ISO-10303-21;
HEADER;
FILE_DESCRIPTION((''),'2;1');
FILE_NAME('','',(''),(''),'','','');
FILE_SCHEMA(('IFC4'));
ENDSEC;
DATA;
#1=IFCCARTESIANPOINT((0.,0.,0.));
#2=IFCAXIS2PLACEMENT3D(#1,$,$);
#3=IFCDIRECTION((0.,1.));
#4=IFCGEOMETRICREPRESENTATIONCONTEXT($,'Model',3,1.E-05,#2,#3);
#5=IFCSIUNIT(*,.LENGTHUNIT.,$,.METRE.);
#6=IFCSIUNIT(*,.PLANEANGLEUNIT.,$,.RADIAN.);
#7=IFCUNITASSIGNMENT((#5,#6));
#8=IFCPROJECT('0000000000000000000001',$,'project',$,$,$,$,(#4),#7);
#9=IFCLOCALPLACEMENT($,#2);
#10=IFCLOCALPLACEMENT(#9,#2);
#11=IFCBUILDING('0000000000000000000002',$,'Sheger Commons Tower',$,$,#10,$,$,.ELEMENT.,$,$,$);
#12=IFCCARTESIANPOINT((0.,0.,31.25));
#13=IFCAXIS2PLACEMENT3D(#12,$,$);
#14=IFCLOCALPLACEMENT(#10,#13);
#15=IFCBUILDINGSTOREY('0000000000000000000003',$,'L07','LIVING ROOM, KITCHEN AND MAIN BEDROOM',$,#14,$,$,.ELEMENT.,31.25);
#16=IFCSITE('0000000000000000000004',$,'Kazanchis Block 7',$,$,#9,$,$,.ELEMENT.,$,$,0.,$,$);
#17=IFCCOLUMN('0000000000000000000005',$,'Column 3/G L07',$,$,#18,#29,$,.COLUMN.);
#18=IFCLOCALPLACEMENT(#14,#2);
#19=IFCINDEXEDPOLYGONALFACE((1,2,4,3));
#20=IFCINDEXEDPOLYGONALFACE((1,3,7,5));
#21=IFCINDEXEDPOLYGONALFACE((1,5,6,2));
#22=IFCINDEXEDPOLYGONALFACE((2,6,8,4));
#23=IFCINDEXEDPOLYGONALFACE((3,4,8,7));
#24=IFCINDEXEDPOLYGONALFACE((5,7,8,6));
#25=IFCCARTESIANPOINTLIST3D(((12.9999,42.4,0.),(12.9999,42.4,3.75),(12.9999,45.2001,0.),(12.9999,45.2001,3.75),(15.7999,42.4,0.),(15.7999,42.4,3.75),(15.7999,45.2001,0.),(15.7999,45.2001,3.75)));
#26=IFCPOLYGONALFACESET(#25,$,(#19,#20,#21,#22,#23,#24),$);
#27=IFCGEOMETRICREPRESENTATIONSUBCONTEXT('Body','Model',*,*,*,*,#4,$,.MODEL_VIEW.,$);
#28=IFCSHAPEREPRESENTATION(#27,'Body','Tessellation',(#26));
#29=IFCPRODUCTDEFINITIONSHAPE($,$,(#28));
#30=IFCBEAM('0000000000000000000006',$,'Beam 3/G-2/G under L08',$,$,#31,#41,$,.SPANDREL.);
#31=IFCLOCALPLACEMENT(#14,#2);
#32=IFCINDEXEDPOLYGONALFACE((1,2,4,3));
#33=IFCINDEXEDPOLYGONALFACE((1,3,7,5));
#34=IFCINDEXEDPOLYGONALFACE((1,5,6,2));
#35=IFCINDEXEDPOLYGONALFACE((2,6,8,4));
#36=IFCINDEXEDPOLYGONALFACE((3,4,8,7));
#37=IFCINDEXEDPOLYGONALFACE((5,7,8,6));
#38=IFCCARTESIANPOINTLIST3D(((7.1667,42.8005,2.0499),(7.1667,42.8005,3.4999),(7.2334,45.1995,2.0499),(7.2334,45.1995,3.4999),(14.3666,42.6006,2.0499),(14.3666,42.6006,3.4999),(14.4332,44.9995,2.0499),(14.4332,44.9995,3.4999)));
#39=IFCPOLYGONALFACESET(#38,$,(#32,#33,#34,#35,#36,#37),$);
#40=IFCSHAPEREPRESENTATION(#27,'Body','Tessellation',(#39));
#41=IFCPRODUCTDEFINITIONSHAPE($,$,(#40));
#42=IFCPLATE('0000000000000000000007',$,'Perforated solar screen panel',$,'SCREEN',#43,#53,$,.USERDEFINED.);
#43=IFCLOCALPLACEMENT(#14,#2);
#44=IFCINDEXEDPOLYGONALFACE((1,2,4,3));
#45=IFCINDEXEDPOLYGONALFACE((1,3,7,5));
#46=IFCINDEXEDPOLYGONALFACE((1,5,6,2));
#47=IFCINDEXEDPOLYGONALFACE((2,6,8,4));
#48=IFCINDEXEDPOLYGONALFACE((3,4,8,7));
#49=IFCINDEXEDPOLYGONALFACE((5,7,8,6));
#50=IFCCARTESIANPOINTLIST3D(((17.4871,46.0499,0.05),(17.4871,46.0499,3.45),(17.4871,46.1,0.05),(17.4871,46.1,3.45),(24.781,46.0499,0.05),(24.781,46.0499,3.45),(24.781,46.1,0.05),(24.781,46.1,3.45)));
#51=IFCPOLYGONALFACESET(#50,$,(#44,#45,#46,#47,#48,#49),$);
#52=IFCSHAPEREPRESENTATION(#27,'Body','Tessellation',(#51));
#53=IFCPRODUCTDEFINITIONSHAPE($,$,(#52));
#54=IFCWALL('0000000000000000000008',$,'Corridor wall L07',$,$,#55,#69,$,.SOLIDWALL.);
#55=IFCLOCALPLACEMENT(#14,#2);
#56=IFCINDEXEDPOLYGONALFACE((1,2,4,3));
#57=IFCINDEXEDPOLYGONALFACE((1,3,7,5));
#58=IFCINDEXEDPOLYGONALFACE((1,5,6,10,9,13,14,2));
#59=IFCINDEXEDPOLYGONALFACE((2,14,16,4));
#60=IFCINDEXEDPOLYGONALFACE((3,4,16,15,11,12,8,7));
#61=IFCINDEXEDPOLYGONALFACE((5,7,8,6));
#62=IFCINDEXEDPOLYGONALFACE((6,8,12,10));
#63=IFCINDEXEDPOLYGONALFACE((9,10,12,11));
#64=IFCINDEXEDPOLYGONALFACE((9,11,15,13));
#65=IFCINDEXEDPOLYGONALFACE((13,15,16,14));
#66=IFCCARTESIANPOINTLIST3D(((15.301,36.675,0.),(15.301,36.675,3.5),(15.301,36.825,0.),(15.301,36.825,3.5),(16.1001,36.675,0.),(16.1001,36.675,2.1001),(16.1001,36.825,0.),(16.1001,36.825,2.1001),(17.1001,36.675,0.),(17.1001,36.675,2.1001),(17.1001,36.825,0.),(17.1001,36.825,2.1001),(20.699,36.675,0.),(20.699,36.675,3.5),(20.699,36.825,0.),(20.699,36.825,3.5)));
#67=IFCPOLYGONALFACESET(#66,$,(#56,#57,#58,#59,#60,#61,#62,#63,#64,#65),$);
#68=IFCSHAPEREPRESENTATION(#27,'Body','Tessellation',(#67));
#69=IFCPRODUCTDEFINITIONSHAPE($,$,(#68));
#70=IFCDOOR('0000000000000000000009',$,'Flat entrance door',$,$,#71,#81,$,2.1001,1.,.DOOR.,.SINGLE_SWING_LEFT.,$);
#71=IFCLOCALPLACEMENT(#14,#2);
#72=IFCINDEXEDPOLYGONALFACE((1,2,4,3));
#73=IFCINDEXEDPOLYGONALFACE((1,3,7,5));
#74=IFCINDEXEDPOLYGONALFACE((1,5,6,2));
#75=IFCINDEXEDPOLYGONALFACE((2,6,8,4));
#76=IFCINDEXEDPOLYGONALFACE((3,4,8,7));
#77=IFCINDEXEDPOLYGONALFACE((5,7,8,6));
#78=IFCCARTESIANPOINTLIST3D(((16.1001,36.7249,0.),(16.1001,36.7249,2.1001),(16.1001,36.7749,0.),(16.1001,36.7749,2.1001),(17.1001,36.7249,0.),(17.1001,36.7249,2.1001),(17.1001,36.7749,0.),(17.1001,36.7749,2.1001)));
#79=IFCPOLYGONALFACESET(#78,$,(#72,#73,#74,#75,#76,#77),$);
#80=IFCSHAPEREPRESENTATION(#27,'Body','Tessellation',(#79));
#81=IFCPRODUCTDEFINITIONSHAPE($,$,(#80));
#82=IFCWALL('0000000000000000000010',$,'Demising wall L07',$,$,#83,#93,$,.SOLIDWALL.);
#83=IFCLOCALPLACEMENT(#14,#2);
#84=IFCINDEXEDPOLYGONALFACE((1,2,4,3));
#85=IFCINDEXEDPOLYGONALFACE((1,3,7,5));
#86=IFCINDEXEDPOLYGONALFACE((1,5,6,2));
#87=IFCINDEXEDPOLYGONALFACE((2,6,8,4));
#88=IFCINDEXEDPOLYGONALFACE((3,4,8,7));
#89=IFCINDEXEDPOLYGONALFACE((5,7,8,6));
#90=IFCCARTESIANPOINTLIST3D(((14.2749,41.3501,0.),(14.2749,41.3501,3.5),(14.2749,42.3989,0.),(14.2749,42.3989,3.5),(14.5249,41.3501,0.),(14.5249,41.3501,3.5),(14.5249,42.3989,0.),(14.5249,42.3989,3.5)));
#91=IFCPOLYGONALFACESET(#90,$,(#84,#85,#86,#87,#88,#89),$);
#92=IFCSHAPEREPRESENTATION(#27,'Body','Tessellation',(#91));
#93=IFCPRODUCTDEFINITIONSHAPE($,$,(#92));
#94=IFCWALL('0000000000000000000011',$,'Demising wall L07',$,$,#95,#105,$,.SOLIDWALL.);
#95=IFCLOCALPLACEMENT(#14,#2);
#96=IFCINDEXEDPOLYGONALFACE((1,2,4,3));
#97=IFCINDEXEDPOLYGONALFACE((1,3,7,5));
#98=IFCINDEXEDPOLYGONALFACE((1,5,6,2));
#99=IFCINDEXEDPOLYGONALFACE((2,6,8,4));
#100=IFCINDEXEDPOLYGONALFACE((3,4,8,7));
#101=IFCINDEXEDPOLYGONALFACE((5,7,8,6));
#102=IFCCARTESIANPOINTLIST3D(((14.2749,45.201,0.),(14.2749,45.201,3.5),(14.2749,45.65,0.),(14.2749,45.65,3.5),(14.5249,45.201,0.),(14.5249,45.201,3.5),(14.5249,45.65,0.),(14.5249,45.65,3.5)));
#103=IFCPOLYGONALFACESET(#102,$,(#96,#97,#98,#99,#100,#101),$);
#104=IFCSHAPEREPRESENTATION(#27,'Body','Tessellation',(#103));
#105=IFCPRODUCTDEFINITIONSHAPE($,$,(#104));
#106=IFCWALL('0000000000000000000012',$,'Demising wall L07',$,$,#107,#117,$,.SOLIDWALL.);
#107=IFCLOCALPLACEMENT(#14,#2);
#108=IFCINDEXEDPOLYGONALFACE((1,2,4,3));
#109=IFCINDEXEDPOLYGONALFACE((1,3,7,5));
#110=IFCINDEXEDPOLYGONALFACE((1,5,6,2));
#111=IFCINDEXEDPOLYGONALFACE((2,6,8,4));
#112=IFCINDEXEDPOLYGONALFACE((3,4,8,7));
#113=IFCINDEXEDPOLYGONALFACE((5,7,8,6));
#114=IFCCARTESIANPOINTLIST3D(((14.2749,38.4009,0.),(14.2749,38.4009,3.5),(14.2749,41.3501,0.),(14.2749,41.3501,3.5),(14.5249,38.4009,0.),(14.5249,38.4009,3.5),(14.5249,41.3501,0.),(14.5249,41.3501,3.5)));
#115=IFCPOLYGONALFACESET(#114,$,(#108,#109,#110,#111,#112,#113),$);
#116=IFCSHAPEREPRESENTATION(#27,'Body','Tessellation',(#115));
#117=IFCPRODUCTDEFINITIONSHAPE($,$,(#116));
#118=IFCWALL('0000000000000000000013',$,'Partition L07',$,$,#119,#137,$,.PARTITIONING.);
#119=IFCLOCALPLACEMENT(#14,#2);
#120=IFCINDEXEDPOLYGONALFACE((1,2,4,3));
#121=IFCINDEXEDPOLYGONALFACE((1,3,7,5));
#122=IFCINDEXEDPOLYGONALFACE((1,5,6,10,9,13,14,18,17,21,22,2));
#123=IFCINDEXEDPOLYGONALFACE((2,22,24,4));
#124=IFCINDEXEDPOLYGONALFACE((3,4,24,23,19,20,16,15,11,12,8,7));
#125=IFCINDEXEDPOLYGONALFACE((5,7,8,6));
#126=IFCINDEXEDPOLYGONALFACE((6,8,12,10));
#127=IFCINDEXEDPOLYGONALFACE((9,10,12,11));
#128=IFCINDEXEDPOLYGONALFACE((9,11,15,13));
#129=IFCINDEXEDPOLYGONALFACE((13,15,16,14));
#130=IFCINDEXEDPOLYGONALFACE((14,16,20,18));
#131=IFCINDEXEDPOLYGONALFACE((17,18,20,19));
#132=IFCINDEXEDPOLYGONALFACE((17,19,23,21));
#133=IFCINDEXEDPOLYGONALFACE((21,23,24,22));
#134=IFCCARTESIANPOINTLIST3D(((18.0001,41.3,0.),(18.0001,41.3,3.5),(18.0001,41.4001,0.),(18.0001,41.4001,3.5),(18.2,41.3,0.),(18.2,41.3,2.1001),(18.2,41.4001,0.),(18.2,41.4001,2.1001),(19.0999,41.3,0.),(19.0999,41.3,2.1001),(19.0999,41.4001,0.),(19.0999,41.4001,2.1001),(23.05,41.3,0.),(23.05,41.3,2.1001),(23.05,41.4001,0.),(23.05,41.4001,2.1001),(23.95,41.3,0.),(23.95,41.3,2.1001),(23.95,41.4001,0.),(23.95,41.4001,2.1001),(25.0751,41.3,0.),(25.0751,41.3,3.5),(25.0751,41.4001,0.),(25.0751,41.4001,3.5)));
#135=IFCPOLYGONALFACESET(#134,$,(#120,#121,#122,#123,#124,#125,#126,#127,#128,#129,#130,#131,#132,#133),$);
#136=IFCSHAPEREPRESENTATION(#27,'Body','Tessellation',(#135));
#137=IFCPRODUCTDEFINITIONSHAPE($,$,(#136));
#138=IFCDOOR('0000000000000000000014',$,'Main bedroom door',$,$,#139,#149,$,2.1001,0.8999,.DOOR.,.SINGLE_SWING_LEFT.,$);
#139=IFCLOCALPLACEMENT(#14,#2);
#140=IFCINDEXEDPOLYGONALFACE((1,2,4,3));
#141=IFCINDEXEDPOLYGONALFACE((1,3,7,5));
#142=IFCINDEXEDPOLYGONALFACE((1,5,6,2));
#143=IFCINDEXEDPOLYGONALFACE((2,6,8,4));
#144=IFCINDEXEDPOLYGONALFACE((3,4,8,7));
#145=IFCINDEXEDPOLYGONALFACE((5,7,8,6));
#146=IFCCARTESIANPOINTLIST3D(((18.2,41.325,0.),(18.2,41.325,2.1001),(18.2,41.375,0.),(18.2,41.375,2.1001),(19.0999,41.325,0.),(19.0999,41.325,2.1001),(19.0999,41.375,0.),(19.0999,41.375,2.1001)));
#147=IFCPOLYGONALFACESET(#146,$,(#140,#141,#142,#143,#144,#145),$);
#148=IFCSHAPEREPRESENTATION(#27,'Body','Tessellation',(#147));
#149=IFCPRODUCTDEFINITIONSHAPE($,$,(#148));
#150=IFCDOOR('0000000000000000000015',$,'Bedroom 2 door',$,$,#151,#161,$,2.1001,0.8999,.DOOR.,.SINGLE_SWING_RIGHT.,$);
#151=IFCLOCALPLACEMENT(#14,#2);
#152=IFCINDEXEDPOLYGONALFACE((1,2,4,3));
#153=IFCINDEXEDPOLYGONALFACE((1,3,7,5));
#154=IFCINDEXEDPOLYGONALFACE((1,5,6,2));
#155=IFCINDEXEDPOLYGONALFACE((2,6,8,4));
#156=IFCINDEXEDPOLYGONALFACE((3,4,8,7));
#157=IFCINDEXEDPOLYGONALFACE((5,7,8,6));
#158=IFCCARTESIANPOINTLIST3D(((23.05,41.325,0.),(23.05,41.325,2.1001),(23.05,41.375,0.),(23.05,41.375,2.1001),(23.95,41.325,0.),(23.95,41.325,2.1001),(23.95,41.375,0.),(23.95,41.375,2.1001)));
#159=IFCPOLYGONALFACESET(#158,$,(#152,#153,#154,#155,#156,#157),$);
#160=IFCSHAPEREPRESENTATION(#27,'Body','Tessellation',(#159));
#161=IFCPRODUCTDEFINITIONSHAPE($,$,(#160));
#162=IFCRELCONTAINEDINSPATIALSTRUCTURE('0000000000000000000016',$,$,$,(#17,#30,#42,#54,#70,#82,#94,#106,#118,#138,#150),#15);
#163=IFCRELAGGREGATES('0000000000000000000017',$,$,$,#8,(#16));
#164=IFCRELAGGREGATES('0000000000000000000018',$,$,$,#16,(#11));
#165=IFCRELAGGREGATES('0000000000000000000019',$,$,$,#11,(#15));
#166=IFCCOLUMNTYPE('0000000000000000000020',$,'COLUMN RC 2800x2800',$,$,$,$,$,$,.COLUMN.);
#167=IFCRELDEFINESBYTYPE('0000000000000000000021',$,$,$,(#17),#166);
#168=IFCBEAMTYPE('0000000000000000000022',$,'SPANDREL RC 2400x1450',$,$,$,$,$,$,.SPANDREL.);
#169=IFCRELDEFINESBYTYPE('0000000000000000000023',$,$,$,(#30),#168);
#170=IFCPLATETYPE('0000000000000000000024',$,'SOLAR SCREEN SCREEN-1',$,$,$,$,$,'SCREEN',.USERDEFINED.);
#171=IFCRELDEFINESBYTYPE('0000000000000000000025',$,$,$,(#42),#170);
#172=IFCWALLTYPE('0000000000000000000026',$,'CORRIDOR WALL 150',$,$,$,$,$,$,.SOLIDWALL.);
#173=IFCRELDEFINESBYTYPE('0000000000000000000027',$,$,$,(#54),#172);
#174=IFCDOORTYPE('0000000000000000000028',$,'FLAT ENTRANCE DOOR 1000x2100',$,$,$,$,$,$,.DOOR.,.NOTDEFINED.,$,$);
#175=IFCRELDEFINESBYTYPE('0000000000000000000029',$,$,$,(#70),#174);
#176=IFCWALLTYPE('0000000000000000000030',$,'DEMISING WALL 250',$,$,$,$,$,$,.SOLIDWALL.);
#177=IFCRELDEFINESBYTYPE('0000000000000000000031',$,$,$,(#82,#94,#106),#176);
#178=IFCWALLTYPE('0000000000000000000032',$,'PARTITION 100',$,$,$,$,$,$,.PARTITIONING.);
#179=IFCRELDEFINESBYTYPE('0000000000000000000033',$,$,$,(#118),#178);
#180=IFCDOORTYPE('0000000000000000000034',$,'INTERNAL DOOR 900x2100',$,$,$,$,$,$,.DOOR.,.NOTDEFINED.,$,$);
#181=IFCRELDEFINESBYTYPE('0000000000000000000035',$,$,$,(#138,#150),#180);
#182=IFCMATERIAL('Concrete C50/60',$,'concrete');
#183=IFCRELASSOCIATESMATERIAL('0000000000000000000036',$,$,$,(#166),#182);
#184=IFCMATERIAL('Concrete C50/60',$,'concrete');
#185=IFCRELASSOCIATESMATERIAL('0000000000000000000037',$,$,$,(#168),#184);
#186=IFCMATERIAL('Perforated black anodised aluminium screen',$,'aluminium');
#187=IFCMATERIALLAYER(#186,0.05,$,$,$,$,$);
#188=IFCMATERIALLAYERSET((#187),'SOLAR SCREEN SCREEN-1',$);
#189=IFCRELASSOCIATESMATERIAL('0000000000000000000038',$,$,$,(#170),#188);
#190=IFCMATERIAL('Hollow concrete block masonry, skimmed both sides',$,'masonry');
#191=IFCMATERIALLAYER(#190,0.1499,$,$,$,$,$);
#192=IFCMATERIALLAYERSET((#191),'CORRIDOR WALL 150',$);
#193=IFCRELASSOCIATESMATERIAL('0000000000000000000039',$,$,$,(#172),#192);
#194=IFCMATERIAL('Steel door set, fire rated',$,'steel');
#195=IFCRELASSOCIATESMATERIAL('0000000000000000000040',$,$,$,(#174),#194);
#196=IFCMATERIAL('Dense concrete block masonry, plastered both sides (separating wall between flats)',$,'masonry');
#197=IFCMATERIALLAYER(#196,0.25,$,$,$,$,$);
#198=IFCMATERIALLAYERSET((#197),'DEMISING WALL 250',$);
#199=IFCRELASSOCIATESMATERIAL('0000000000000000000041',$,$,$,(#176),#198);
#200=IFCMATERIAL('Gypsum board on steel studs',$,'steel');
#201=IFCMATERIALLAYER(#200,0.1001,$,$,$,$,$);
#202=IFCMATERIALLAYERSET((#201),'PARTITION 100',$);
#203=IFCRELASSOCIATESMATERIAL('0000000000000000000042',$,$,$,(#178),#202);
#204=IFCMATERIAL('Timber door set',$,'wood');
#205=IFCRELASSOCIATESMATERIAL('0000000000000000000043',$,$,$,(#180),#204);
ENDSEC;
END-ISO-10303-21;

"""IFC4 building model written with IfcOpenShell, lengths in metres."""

from ifc_helpers import new_model, si_unit, direction, frame, frame_2d, origin, origin_2d, place, context, subcontext, project, spatial, rectangle, extrude, material, layer, layer_set, material_profile, profile_set, type_object, element, fill, save


model = new_model("IFC4")

# Units and contexts
model_context = context("Model", 3, precision=1e-05, world=origin(), true_north=direction((0.0, 1.0)))
body_context = subcontext(model_context, "Body", "Model", "MODEL_VIEW")
ifc_project = project(units=[si_unit("LENGTHUNIT", "METRE"), si_unit("PLANEANGLEUNIT", "RADIAN")], contexts=[model_context])

# Site, building, storey
site_placement = place(None, origin())
site = spatial("IfcSite", under=ifc_project, at=site_placement, Name="Kazanchis Block 7", CompositionType="ELEMENT", RefElevation=0.0)
building_placement = place(site_placement, origin())
building = spatial("IfcBuilding", under=site, at=building_placement, Name="Sheger Commons Tower", CompositionType="ELEMENT")
storey_placement = place(building_placement, frame((0.0, 0.0, 31.25)))
storey = spatial("IfcBuildingStorey", under=building, at=storey_placement, Name="L07", Description="LIVING ROOM, KITCHEN AND MAIN BEDROOM", CompositionType="ELEMENT", Elevation=31.25)

# Column
ifc_material_1 = material(Name="Concrete C50/60", Category="concrete")
ifc_material_profile_1 = material_profile(ifc_material_1, rectangle(XDim=2.8, YDim=2.8, at=origin_2d()), Name="RC 2800x2800")
ifc_profile_set_1 = profile_set([ifc_material_profile_1], Name="Concrete C50/60")
column_type = type_object("IfcColumnType", Name="COLUMN RC 2800x2800", PredefinedType="COLUMN", material=ifc_profile_set_1)
column_placement = place(storey_placement, frame((14.3999, 43.8, 0.0), z_axis=(0.0, 0.0, 1.0), x_axis=(1.0, 0.0, 0.0)))
element("IfcColumn", 1, at=column_placement, inside=storey, type_object=column_type, Name="Column 3/G L07", PredefinedType="COLUMN", context=body_context, shape_type="SweptSolid", body=[
    extrude(rectangle(XDim=2.8, YDim=2.8, at=origin_2d()), origin(), (0.0, 0.0, 1.0), 3.75),
])

# Beam
ifc_material_2 = material(Name="Concrete C50/60", Category="concrete")
ifc_material_profile_2 = material_profile(ifc_material_2, rectangle(XDim=2.3999, YDim=1.45, at=origin_2d()), Name="RC 2400x1450")
ifc_profile_set_2 = profile_set([ifc_material_profile_2], Name="Concrete C50/60")
beam_type = type_object("IfcBeamType", Name="SPANDREL RC 2400x1450", PredefinedType="SPANDREL", material=ifc_profile_set_2)
beam_placement = place(storey_placement, frame((14.3999, 43.8, 2.7749), z_axis=(-0.999615, 0.02776, 0.0), x_axis=(-0.02776, -0.999615, 0.0)))
element("IfcBeam", 2, at=beam_placement, inside=storey, type_object=beam_type, Name="Beam 3/G-2/G under L08", PredefinedType="SPANDREL", context=body_context, shape_type="SweptSolid", body=[
    extrude(rectangle(XDim=2.3999, YDim=1.45, at=origin_2d()), origin(), (0.0, 0.0, 1.0), 7.2026),
])

# Plate
ifc_material_3 = material(Name="Perforated black anodised aluminium screen", Category="aluminium")
ifc_layer_1 = layer(ifc_material_3, 0.05)
ifc_layer_set_1 = layer_set([ifc_layer_1], Name="SOLAR SCREEN SCREEN-1")
plate_type = type_object("IfcPlateType", Name="SOLAR SCREEN SCREEN-1", ElementType="SCREEN", PredefinedType="USERDEFINED", material=ifc_layer_set_1)
plate_placement = place(storey_placement, frame((21.134, 46.075, 0.05), z_axis=(0.0, 0.0, 1.0), x_axis=(-1.0, 0.0, 0.0)))
element("IfcPlate", 3, at=plate_placement, inside=storey, type_object=plate_type, Name="Perforated solar screen panel", ObjectType="SCREEN", PredefinedType="USERDEFINED", context=body_context, shape_type="SweptSolid", body=[
    extrude(rectangle(XDim=7.2939, YDim=0.05, at=origin_2d()), origin(), (0.0, 0.0, 1.0), 3.3999),
])

# Wall, opening, door
ifc_material_4 = material(Name="Hollow concrete block masonry, skimmed both sides", Category="masonry")
ifc_layer_2 = layer(ifc_material_4, 0.1499)
ifc_layer_set_2 = layer_set([ifc_layer_2], Name="CORRIDOR WALL 150")
wall_type_1 = type_object("IfcWallType", Name="CORRIDOR WALL 150", PredefinedType="SOLIDWALL", material=ifc_layer_set_2)
wall_1_placement = place(storey_placement, frame((15.301, 36.75, 0.0), z_axis=(0.0, 0.0, 1.0), x_axis=(1.0, 0.0, 0.0)))
wall_1 = element("IfcWall", 4, at=wall_1_placement, inside=storey, type_object=wall_type_1, Name="Corridor wall L07", PredefinedType="SOLIDWALL", context=body_context, shape_type="SweptSolid", body=[
    extrude(rectangle(XDim=5.3979, YDim=0.1499, at=frame_2d((2.699, 0.0))), origin(), (0.0, 0.0, 1.0), 3.5),
])
opening_1_placement = place(wall_1_placement, frame((0.7991, 0.0, 0.0)))
opening_1 = element("IfcOpeningElement", 5, at=opening_1_placement, cuts=wall_1, PredefinedType="OPENING", context=body_context, shape_type="SweptSolid", body=[
    extrude(rectangle(XDim=1.0, YDim=2.1001, at=frame_2d((0.5, 1.05))), frame((0.0, 0.085, 0.0), z_axis=(0.0, -1.0, 0.0), x_axis=(1.0, 0.0, 0.0)), (0.0, 0.0, 1.0), 0.1699),
])
ifc_material_5 = material(Name="Steel door set, fire rated", Category="steel")
door_type_1 = type_object("IfcDoorType", Name="FLAT ENTRANCE DOOR 1000x2100", OperationType="NOTDEFINED", PredefinedType="DOOR", material=ifc_material_5)
door_1_placement = place(opening_1_placement, origin())
door_1 = element("IfcDoor", 6, at=door_1_placement, inside=storey, type_object=door_type_1, Name="Flat entrance door", OperationType="SINGLE_SWING_LEFT", OverallHeight=2.1001, OverallWidth=1.0, PredefinedType="DOOR", context=body_context, shape_type="SweptSolid", body=[
    extrude(rectangle(XDim=1.0, YDim=2.1001, at=frame_2d((0.5, 1.05))), frame((0.0, 0.0249, 0.0), z_axis=(0.0, -1.0, 0.0), x_axis=(1.0, 0.0, 0.0)), (0.0, 0.0, 1.0), 0.05),
])
fill(opening_1, door_1)

# Walls
ifc_material_6 = material(Name="Dense concrete block masonry, plastered both sides (separating wall between flats)", Category="masonry")
ifc_layer_3 = layer(ifc_material_6, 0.25)
ifc_layer_set_3 = layer_set([ifc_layer_3], Name="DEMISING WALL 250")
wall_type_2 = type_object("IfcWallType", Name="DEMISING WALL 250", PredefinedType="SOLIDWALL", material=ifc_layer_set_3)
wall_2_placement = place(storey_placement, frame((14.3999, 41.3501, 0.0), z_axis=(0.0, 0.0, 1.0), x_axis=(0.0, 1.0, 0.0)))
element("IfcWall", 7, at=wall_2_placement, inside=storey, type_object=wall_type_2, Name="Demising wall L07", PredefinedType="SOLIDWALL", context=body_context, shape_type="SweptSolid", body=[
    extrude(rectangle(XDim=1.0488, YDim=0.25, at=frame_2d((0.5244, 0.0))), origin(), (0.0, 0.0, 1.0), 3.5),
])
wall_3_placement = place(storey_placement, frame((14.3999, 45.2009, 0.0), z_axis=(0.0, 0.0, 1.0), x_axis=(0.0, 1.0, 0.0)))
element("IfcWall", 8, at=wall_3_placement, inside=storey, type_object=wall_type_2, Name="Demising wall L07", PredefinedType="SOLIDWALL", context=body_context, shape_type="SweptSolid", body=[
    extrude(rectangle(XDim=0.449, YDim=0.25, at=frame_2d((0.2246, 0.0))), origin(), (0.0, 0.0, 1.0), 3.5),
])
wall_4_placement = place(storey_placement, frame((14.3999, 38.4009, 0.0), z_axis=(0.0, 0.0, 1.0), x_axis=(0.0, 1.0, 0.0)))
element("IfcWall", 9, at=wall_4_placement, inside=storey, type_object=wall_type_2, Name="Demising wall L07", PredefinedType="SOLIDWALL", context=body_context, shape_type="SweptSolid", body=[
    extrude(rectangle(XDim=2.9492, YDim=0.25, at=frame_2d((1.4746, 0.0))), origin(), (0.0, 0.0, 1.0), 3.5),
])

# Wall, openings, doors
ifc_material_7 = material(Name="Gypsum board on steel studs", Category="steel")
ifc_layer_4 = layer(ifc_material_7, 0.1001)
ifc_layer_set_4 = layer_set([ifc_layer_4], Name="PARTITION 100")
wall_type_3 = type_object("IfcWallType", Name="PARTITION 100", PredefinedType="PARTITIONING", material=ifc_layer_set_4)
wall_5_placement = place(storey_placement, frame((18.0, 41.3501, 0.0), z_axis=(0.0, 0.0, 1.0), x_axis=(1.0, 0.0, 0.0)))
wall_5 = element("IfcWall", 10, at=wall_5_placement, inside=storey, type_object=wall_type_3, Name="Partition L07", PredefinedType="PARTITIONING", context=body_context, shape_type="SweptSolid", body=[
    extrude(rectangle(XDim=7.075, YDim=0.1001, at=frame_2d((3.5376, 0.0))), origin(), (0.0, 0.0, 1.0), 3.5),
])
opening_2_placement = place(wall_5_placement, frame((0.2, 0.0, 0.0)))
opening_2 = element("IfcOpeningElement", 11, at=opening_2_placement, cuts=wall_5, PredefinedType="OPENING", context=body_context, shape_type="SweptSolid", body=[
    extrude(rectangle(XDim=0.8999, YDim=2.1001, at=frame_2d((0.45, 1.05))), frame((0.0, 0.0601, 0.0), z_axis=(0.0, -1.0, 0.0), x_axis=(1.0, 0.0, 0.0)), (0.0, 0.0, 1.0), 0.1201),
])
opening_3_placement = place(wall_5_placement, frame((5.05, 0.0, 0.0)))
opening_3 = element("IfcOpeningElement", 12, at=opening_3_placement, cuts=wall_5, PredefinedType="OPENING", context=body_context, shape_type="SweptSolid", body=[
    extrude(rectangle(XDim=0.8999, YDim=2.1001, at=frame_2d((0.45, 1.05))), frame((0.0, 0.0601, 0.0), z_axis=(0.0, -1.0, 0.0), x_axis=(1.0, 0.0, 0.0)), (0.0, 0.0, 1.0), 0.1201),
])
ifc_material_8 = material(Name="Timber door set", Category="wood")
door_type_2 = type_object("IfcDoorType", Name="INTERNAL DOOR 900x2100", OperationType="NOTDEFINED", PredefinedType="DOOR", material=ifc_material_8)
door_2_placement = place(opening_2_placement, origin())
door_2 = element("IfcDoor", 13, at=door_2_placement, inside=storey, type_object=door_type_2, Name="Main bedroom door", OperationType="SINGLE_SWING_LEFT", OverallHeight=2.1001, OverallWidth=0.8999, PredefinedType="DOOR", context=body_context, shape_type="SweptSolid", body=[
    extrude(rectangle(XDim=0.8999, YDim=2.1001, at=frame_2d((0.45, 1.05))), frame((0.0, 0.0249, 0.0), z_axis=(0.0, -1.0, 0.0), x_axis=(1.0, 0.0, 0.0)), (0.0, 0.0, 1.0), 0.05),
])
fill(opening_2, door_2)
door_3_placement = place(opening_3_placement, origin())
door_3 = element("IfcDoor", 14, at=door_3_placement, inside=storey, type_object=door_type_2, Name="Bedroom 2 door", OperationType="SINGLE_SWING_RIGHT", OverallHeight=2.1001, OverallWidth=0.8999, PredefinedType="DOOR", context=body_context, shape_type="SweptSolid", body=[
    extrude(rectangle(XDim=0.8999, YDim=2.1001, at=frame_2d((0.45, 1.05))), frame((0.0, 0.0249, 0.0), z_axis=(0.0, -1.0, 0.0), x_axis=(1.0, 0.0, 0.0)), (0.0, 0.0, 1.0), 0.05),
])
fill(opening_3, door_3)

save(model, "model.ifc")
